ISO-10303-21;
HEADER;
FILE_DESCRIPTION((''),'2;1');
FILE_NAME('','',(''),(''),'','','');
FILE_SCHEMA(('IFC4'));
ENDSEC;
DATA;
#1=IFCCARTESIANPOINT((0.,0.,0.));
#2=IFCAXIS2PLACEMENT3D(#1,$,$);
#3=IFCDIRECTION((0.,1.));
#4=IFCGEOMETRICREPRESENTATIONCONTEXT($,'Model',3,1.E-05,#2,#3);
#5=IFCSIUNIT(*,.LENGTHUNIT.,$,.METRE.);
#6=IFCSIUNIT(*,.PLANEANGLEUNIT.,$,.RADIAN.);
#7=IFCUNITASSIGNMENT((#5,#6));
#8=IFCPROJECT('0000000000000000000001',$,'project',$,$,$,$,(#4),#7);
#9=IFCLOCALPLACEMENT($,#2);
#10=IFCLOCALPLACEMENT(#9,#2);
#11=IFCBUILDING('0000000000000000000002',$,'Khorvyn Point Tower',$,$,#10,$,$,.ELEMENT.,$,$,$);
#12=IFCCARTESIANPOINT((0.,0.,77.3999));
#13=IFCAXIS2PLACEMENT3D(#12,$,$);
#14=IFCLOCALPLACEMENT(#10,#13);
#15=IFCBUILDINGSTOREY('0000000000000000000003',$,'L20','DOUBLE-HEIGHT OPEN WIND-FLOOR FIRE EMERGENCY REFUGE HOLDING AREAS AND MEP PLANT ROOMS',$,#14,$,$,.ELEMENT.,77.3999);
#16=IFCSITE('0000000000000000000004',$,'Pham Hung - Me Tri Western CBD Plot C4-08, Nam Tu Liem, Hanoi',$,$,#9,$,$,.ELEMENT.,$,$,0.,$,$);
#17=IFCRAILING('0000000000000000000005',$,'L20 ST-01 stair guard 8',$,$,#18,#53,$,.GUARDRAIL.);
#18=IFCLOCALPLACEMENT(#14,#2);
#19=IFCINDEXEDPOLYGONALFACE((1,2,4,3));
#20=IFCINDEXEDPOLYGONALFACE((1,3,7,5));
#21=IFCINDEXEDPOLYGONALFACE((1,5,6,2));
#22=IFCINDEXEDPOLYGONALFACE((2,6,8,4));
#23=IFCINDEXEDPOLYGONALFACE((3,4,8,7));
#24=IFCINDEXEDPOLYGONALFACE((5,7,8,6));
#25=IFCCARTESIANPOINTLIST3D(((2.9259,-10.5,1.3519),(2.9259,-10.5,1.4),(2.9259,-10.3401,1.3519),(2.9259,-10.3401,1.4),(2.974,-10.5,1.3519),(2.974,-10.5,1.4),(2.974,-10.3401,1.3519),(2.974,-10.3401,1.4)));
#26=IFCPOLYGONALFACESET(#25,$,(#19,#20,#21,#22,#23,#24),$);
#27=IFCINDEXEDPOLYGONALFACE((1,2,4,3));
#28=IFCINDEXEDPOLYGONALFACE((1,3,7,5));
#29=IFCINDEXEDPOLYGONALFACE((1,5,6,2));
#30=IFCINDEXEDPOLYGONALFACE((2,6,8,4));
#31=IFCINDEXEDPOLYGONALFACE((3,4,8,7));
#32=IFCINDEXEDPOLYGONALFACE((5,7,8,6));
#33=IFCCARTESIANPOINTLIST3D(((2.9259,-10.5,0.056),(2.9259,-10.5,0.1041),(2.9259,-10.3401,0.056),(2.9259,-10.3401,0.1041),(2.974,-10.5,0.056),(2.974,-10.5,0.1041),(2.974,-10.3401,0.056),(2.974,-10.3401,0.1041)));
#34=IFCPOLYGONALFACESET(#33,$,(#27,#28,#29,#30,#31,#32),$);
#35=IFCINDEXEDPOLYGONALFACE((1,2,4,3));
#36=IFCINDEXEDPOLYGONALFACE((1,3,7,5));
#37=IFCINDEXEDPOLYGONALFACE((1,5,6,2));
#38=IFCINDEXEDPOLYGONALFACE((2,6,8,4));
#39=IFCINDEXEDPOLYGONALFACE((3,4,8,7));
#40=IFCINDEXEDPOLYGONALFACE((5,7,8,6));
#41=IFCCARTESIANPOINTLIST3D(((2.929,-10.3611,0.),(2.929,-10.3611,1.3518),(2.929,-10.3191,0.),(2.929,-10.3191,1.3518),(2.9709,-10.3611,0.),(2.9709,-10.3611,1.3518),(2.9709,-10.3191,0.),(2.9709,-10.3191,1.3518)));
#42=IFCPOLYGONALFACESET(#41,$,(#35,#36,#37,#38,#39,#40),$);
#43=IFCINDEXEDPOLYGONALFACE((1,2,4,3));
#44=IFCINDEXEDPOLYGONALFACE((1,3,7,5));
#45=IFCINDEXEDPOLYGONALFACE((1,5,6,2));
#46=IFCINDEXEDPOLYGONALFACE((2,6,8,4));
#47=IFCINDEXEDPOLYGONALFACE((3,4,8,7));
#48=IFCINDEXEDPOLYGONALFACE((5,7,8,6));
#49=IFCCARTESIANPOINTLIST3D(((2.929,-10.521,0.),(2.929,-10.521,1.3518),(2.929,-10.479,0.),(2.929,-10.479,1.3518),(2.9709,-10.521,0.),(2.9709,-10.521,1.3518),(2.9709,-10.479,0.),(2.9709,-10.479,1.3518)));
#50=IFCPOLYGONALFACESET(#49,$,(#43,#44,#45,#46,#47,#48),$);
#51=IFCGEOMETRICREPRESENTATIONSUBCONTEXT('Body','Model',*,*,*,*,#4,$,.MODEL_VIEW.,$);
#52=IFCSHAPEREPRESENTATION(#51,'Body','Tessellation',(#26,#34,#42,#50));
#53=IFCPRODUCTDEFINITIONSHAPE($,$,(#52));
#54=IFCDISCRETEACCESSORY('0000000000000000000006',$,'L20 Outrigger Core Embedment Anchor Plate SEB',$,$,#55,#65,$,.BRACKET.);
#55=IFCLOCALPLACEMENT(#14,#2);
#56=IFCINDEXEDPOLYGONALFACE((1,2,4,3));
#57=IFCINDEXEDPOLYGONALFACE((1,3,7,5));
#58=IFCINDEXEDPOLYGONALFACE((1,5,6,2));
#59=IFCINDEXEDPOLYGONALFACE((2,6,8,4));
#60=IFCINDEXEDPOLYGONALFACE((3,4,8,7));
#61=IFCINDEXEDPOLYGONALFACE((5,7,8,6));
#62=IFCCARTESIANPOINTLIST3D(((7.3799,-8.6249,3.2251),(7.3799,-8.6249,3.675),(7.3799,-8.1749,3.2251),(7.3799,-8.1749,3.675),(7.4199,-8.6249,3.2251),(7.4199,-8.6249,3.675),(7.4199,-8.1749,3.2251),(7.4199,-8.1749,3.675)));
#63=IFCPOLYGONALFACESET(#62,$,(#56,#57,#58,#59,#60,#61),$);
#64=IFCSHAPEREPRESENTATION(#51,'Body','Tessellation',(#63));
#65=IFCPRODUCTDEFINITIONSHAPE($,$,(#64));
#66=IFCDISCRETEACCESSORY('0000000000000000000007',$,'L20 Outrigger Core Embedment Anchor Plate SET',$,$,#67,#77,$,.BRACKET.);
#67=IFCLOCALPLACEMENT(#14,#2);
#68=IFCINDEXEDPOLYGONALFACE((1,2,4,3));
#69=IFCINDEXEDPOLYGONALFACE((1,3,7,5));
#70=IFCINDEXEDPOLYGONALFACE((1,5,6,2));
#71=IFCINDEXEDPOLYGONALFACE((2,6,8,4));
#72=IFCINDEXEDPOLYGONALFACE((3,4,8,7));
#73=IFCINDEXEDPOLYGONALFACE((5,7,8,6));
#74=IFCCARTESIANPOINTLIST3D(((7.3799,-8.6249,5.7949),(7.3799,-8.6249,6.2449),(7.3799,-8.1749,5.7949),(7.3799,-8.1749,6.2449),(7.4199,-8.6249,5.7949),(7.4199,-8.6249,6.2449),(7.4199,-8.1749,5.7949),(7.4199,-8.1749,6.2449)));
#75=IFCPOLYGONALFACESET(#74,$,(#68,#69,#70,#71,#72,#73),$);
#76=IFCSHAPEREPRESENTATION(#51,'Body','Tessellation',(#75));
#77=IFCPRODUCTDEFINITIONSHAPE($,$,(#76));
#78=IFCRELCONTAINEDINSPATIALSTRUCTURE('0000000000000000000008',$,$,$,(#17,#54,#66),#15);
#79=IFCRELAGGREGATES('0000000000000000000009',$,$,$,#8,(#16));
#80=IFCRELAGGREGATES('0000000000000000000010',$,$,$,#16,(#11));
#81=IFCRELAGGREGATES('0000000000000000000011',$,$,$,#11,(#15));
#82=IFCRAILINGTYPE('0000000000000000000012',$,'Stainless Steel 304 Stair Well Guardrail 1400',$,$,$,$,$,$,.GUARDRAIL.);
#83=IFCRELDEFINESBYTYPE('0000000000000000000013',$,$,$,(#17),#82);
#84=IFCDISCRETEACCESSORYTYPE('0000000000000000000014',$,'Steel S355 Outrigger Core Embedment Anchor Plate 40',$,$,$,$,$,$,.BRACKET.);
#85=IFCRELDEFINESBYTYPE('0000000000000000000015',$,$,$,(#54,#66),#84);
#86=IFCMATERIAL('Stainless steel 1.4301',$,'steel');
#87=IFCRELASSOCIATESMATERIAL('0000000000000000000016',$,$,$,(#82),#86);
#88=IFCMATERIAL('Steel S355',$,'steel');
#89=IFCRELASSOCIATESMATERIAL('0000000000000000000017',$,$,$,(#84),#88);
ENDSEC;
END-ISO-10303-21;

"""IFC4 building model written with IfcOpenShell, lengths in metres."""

from ifc_helpers import new_model, si_unit, direction, frame, origin, origin_2d, place, context, subcontext, project, spatial, rectangle, extrude, material, type_object, element, save


model = new_model("IFC4")

# Units and contexts
model_context = context("Model", 3, precision=1e-05, world=origin(), true_north=direction((0.0, 1.0)))
body_context = subcontext(model_context, "Body", "Model", "MODEL_VIEW")
ifc_project = project(units=[si_unit("LENGTHUNIT", "METRE"), si_unit("PLANEANGLEUNIT", "RADIAN")], contexts=[model_context])

# Site, building, storey
site_placement = place(None, origin())
site = spatial("IfcSite", under=ifc_project, at=site_placement, Name="Pham Hung - Me Tri Western CBD Plot C4-08, Nam Tu Liem, Hanoi", CompositionType="ELEMENT", RefElevation=0.0)
building_placement = place(site_placement, origin())
building = spatial("IfcBuilding", under=site, at=building_placement, Name="Khorvyn Point Tower", CompositionType="ELEMENT")
storey_placement = place(building_placement, frame((0.0, 0.0, 77.3999)))
storey = spatial("IfcBuildingStorey", under=building, at=storey_placement, Name="L20", Description="DOUBLE-HEIGHT OPEN WIND-FLOOR FIRE EMERGENCY REFUGE HOLDING AREAS AND MEP PLANT ROOMS", CompositionType="ELEMENT", Elevation=77.3999)

# Shared definitions
ifc_material_1 = material(Name="Steel S355", Category="steel")

# Shared definitions
ifc_material_2 = material(Name="Stainless steel 1.4301", Category="steel")

# Railing
railing_type_1 = type_object("IfcRailingType", Name="Stainless Steel 304 Stair Well Guardrail 1400", PredefinedType="GUARDRAIL", material=ifc_material_2)
railing_1_placement = place(storey_placement, frame((2.95, -10.3401, 0.0)))
element("IfcRailing", 1, at=railing_1_placement, inside=storey, type_object=railing_type_1, Name="L20 ST-01 stair guard 8", PredefinedType="GUARDRAIL", context=body_context, shape_type="SweptSolid", body=[
    extrude(rectangle(XDim=0.0481, YDim=0.0481, at=origin_2d()), frame((0.0, 0.0, 1.376), z_axis=(0.0, -1.0, 0.0), x_axis=(1.0, 0.0, 0.0)), (0.0, 0.0, 1.0), 0.1599),
    extrude(rectangle(XDim=0.0481, YDim=0.0481, at=origin_2d()), frame((0.0, 0.0, 0.0801), z_axis=(0.0, -1.0, 0.0), x_axis=(1.0, 0.0, 0.0)), (0.0, 0.0, 1.0), 0.1599),
    extrude(rectangle(XDim=0.042, YDim=0.042, at=origin_2d()), origin(), (0.0, 0.0, 1.0), 1.3518),
    extrude(rectangle(XDim=0.042, YDim=0.042, at=origin_2d()), frame((0.0, -0.1599, 0.0)), (0.0, 0.0, 1.0), 1.3518),
])

# Discrete accessories
discrete_accessory_type = type_object("IfcDiscreteAccessoryType", Name="Steel S355 Outrigger Core Embedment Anchor Plate 40", PredefinedType="BRACKET", material=ifc_material_1)
for number, where, z_axis, x_axis, name in (
    (2, (7.3999, -8.3999, 3.2251), (0.0, 0.0, 1.0), (1.0, 0.0, 0.0), "L20 Outrigger Core Embedment Anchor Plate SEB"),
    (3, (7.3999, -8.3999, 5.7949), (0.0, 0.0, 1.0), (1.0, 0.0, 0.0), "L20 Outrigger Core Embedment Anchor Plate SET"),
):
    element("IfcDiscreteAccessory", number, at=place(storey_placement, frame(where, z_axis=z_axis, x_axis=x_axis)), inside=storey, type_object=discrete_accessory_type, Name=name, PredefinedType="BRACKET", context=body_context, shape_type="SweptSolid", body=[
        extrude(rectangle(XDim=0.04, YDim=0.45, at=origin_2d()), origin(), (0.0, 0.0, 1.0), 0.45),
    ])

save(model, "model.ifc")
